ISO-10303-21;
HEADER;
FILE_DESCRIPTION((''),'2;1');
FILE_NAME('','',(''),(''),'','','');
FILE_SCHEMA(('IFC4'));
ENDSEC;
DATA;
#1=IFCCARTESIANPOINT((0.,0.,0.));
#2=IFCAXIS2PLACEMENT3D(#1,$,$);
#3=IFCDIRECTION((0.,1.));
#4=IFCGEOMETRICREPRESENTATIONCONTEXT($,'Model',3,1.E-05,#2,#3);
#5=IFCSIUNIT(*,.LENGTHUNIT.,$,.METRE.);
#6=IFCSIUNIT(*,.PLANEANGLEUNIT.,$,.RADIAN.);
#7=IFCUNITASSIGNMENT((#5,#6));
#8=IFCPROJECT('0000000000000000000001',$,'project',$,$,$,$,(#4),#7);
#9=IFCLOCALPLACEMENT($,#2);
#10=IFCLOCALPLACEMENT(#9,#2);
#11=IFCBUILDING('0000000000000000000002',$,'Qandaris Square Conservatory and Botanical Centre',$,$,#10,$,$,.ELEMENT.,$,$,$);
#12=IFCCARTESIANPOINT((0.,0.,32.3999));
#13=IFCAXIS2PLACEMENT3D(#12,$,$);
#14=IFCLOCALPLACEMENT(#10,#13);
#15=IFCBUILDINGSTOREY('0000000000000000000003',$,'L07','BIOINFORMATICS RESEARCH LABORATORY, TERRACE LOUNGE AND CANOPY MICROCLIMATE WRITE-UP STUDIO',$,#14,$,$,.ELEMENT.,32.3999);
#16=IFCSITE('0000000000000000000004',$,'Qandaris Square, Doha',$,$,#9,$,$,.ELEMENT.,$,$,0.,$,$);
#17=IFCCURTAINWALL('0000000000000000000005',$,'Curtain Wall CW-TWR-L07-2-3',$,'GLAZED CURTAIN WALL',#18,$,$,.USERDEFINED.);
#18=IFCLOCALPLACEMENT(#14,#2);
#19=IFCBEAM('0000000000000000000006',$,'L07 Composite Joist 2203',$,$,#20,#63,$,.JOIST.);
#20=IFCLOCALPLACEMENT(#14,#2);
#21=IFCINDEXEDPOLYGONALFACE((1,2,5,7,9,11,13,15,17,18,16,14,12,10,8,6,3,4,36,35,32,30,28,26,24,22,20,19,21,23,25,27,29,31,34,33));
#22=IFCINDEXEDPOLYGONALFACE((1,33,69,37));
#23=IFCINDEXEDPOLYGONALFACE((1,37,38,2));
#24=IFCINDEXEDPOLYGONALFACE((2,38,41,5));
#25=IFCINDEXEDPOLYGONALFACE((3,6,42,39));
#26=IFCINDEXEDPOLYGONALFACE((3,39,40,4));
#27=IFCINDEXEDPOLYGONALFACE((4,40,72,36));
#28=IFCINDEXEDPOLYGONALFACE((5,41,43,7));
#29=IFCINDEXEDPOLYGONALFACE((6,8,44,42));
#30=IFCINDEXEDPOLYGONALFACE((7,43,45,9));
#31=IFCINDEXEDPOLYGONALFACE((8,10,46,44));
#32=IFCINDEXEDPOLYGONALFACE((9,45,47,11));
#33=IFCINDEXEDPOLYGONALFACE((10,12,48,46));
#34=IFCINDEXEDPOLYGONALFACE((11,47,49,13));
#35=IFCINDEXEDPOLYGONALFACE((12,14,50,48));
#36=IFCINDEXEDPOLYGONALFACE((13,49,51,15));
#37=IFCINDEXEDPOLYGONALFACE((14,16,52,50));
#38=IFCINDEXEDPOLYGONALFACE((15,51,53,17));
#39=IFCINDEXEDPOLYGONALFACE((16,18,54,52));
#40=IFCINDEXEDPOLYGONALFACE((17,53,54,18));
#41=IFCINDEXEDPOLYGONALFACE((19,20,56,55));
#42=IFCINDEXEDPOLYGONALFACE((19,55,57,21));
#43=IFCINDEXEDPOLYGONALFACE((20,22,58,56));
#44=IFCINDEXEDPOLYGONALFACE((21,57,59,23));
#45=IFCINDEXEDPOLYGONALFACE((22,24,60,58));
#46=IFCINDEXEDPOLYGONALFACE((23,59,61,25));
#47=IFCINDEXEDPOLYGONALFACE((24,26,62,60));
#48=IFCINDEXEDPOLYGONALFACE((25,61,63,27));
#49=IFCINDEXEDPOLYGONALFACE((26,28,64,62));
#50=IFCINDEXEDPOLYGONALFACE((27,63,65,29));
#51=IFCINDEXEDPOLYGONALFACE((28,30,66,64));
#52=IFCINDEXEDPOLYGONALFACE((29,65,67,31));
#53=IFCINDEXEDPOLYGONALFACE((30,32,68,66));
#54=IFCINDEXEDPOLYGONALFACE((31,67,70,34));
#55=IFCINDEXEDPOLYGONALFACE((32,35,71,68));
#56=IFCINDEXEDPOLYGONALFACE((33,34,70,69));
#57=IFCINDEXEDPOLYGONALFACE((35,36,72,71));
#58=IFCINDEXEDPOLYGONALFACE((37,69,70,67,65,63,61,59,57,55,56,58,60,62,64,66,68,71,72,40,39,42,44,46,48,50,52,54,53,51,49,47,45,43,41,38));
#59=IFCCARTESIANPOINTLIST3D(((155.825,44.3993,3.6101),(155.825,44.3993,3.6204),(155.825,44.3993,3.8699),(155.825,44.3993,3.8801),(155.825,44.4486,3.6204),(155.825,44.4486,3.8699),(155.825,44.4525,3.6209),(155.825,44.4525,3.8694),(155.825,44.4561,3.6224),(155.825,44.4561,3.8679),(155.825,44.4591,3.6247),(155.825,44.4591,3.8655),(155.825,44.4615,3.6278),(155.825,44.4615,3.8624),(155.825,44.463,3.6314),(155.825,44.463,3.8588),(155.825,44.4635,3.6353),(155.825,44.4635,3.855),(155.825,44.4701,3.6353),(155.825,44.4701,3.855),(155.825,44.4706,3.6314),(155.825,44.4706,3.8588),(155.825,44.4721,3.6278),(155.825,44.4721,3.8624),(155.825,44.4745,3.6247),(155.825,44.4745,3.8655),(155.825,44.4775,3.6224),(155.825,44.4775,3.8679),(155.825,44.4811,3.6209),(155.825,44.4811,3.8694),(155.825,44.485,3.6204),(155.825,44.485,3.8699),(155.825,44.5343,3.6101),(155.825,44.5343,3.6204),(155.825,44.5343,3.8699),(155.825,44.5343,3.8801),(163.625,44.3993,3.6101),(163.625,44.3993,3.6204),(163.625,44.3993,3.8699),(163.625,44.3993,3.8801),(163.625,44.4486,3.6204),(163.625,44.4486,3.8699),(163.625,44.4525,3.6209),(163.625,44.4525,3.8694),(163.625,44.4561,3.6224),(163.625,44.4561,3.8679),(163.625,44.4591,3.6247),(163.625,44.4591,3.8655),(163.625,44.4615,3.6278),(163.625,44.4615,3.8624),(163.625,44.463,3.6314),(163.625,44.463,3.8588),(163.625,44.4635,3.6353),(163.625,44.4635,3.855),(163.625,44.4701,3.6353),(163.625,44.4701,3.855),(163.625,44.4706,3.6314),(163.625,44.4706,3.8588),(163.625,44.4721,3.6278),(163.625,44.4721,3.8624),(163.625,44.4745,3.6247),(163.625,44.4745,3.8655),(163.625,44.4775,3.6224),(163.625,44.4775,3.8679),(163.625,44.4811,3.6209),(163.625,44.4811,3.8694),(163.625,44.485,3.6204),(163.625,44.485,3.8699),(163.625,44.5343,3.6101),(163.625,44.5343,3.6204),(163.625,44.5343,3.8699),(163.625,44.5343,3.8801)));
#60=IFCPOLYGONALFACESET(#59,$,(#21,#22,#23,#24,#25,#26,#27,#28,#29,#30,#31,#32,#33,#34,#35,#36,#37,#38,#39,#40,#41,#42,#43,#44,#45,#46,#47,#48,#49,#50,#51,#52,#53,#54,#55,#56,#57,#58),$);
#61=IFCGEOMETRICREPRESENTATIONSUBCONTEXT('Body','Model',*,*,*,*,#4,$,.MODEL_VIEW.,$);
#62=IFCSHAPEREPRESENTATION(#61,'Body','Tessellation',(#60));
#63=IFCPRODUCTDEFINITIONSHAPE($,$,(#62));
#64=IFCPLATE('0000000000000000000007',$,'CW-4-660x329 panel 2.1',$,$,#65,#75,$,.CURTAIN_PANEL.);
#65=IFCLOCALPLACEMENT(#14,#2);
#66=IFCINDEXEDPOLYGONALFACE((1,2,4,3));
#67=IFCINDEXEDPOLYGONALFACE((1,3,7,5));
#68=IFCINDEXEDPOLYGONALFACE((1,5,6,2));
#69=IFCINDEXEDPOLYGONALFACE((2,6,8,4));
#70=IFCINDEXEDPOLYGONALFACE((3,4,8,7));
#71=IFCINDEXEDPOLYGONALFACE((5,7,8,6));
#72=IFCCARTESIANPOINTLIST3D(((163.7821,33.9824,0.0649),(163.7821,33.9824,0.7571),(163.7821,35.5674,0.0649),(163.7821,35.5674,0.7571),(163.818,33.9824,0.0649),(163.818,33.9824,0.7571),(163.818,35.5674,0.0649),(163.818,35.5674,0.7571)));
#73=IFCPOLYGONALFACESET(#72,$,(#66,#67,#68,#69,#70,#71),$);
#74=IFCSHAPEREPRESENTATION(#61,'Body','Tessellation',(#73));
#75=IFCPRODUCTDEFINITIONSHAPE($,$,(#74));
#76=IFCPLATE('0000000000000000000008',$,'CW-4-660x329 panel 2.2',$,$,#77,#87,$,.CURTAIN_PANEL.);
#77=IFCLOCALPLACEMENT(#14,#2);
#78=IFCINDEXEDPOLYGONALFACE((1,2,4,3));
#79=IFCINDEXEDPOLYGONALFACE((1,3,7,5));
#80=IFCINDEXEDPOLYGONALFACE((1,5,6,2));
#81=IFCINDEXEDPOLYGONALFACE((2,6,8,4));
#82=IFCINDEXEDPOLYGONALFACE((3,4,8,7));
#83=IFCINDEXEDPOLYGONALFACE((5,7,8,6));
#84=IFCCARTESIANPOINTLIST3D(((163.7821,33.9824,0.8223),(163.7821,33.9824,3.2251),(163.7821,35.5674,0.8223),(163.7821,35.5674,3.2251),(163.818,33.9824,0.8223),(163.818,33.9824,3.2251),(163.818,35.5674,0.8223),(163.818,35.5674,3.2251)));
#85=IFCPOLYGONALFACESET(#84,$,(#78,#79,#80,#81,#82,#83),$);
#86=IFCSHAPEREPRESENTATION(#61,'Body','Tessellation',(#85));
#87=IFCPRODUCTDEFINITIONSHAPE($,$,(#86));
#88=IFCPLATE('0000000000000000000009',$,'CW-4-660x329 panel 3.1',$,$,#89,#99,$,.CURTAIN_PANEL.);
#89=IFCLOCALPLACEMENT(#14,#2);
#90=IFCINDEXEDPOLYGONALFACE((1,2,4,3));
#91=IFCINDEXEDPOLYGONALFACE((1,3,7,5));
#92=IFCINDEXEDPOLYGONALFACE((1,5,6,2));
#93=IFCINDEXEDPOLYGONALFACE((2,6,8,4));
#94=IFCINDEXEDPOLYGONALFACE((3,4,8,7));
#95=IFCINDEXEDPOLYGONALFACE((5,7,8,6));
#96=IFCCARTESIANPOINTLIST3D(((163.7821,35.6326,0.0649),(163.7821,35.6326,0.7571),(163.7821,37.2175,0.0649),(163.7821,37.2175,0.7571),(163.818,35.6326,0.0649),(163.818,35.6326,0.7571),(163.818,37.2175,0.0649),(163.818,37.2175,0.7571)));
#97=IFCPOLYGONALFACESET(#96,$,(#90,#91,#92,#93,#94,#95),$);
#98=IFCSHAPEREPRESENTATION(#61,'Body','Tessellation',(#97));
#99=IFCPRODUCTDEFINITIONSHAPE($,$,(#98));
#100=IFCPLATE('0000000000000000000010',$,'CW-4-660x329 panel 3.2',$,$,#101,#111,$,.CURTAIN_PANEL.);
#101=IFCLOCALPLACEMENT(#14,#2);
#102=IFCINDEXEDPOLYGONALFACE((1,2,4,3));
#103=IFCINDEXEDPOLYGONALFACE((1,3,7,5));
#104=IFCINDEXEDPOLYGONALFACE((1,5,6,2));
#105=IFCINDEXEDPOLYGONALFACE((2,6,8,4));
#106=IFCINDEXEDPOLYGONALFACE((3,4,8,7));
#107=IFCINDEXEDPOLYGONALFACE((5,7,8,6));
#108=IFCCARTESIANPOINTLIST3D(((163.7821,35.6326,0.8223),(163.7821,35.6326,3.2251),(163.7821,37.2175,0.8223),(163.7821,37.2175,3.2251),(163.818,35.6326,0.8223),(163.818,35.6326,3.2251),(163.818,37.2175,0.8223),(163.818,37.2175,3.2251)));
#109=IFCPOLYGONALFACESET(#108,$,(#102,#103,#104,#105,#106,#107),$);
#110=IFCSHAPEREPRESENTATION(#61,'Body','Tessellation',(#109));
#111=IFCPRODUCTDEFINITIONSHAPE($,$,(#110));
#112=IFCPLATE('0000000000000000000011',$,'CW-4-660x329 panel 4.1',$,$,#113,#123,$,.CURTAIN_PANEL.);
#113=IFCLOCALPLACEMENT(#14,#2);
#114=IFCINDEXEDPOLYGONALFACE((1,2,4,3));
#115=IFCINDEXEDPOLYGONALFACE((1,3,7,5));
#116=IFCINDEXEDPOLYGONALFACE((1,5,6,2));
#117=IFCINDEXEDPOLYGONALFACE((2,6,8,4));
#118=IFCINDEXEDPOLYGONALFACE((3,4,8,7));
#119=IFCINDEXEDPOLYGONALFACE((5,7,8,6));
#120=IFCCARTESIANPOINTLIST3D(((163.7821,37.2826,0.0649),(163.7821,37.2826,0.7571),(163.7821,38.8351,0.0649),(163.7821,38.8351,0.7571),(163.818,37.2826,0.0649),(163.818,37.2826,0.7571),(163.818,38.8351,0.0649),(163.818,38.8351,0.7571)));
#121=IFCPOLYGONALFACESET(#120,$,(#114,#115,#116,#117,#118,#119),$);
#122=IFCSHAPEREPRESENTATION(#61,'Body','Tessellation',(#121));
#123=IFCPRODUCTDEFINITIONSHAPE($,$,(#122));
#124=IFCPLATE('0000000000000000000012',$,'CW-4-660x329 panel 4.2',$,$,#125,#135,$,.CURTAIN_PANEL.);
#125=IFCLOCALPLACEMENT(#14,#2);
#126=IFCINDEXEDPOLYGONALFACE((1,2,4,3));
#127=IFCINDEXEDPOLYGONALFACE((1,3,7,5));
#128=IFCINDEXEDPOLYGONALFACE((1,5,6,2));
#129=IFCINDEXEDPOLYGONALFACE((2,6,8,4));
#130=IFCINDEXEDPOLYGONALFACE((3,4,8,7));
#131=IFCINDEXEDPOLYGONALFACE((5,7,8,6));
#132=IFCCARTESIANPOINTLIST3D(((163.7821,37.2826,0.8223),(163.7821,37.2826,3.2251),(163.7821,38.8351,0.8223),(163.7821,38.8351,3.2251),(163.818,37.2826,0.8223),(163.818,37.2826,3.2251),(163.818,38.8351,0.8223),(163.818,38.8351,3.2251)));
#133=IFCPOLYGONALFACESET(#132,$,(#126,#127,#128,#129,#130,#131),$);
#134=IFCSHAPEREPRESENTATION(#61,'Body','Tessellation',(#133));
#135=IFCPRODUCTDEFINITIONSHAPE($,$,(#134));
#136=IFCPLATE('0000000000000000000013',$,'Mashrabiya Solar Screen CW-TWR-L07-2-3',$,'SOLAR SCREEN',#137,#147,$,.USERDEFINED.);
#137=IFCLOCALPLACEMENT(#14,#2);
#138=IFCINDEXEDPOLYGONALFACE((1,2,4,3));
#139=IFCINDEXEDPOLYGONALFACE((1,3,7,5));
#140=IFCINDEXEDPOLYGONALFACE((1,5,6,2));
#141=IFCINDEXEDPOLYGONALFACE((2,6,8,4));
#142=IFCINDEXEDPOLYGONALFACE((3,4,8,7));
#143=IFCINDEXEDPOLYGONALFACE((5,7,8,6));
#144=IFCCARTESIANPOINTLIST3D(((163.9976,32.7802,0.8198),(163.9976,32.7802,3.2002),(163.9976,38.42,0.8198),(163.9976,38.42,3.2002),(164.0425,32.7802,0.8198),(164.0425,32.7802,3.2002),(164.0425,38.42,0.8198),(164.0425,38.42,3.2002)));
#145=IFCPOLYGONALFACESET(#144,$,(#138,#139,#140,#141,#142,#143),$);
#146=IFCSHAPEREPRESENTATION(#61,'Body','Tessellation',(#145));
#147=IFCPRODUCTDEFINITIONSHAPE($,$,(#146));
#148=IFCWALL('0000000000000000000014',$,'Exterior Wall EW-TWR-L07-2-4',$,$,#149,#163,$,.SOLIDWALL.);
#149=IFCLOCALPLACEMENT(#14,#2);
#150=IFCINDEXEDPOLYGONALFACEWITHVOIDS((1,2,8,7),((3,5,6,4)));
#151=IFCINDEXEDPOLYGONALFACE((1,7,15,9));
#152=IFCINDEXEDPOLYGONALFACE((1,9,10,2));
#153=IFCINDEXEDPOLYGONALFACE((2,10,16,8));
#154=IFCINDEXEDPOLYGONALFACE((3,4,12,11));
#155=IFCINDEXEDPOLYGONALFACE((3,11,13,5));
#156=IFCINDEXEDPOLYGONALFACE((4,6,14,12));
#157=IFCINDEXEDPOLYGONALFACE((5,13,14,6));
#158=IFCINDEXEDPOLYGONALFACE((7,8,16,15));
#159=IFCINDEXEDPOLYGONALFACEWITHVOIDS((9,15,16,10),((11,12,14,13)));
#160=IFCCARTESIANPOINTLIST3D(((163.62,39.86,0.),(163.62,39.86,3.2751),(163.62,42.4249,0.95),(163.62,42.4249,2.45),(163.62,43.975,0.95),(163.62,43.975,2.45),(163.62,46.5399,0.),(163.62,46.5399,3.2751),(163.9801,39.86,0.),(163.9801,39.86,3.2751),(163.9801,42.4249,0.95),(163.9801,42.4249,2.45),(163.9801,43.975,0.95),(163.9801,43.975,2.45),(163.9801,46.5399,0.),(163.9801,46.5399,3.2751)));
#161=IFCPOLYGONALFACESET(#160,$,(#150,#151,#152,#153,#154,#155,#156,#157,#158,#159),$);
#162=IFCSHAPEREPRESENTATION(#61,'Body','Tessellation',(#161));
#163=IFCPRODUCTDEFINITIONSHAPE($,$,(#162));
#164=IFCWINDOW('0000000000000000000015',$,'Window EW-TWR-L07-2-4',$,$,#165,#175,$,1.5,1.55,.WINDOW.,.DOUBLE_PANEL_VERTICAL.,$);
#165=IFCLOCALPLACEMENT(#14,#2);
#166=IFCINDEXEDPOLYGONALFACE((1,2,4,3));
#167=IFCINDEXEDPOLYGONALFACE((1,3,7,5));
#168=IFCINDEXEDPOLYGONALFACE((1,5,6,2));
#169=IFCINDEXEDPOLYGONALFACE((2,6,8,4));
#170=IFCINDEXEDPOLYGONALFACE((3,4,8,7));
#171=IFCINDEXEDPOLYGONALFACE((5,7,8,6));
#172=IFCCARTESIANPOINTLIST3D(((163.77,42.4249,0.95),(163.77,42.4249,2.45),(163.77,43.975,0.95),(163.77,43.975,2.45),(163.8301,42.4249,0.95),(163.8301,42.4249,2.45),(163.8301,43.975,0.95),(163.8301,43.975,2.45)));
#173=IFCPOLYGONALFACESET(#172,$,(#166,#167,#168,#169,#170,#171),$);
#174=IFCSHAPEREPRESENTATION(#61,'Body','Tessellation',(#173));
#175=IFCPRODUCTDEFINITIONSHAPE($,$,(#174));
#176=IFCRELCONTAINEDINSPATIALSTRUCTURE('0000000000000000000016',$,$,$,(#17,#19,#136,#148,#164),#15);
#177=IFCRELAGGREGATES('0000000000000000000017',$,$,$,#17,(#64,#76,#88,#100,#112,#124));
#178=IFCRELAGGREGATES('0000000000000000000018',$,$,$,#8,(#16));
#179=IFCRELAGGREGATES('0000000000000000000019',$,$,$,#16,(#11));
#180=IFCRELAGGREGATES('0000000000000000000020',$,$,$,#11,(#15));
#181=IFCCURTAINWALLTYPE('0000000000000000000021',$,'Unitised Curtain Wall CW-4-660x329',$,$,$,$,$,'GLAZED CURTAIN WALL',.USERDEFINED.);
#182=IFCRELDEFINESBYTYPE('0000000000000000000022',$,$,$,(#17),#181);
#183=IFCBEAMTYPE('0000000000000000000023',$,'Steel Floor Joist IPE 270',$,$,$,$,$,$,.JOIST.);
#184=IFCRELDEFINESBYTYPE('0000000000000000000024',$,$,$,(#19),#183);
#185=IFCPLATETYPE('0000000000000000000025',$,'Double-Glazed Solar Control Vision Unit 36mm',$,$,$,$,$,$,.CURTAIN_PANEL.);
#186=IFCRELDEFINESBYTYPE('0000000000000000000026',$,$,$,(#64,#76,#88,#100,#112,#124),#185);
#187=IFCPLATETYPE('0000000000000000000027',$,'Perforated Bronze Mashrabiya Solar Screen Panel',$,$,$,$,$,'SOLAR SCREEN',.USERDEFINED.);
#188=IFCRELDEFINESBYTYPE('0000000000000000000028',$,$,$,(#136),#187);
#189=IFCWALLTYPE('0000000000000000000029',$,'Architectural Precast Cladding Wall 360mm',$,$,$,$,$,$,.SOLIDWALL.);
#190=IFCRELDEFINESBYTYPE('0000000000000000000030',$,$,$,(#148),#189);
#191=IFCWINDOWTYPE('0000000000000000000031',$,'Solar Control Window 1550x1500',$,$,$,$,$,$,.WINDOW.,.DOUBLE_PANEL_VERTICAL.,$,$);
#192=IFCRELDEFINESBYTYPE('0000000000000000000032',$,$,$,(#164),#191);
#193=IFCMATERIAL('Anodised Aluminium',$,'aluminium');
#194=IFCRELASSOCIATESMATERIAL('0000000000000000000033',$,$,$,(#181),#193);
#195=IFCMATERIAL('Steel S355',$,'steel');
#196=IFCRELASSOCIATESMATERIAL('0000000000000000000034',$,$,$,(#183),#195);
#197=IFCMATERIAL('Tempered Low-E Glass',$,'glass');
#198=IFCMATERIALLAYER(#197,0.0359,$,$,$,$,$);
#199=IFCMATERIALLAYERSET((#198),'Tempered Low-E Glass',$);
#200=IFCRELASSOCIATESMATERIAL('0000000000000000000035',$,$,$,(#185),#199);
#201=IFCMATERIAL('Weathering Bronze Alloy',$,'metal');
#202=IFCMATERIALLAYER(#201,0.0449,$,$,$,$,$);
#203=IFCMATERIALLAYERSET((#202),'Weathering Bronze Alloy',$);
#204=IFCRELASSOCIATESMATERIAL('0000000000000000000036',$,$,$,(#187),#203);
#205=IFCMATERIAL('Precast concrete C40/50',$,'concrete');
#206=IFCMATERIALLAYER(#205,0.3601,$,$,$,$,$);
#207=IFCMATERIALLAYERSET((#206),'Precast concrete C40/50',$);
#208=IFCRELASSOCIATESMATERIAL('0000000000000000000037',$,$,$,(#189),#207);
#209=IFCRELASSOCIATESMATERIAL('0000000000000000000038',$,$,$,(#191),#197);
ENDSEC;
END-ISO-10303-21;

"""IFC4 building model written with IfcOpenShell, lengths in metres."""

from ifc_helpers import new_model, si_unit, direction, frame, frame_2d, origin, origin_2d, place, context, subcontext, project, spatial, rectangle, i_section, extrude, material, layer, layer_set, material_profile, profile_set, type_object, element, fill, aggregate, save


model = new_model("IFC4")

# Units and contexts
model_context = context("Model", 3, precision=1e-05, world=origin(), true_north=direction((0.0, 1.0)))
body_context = subcontext(model_context, "Body", "Model", "MODEL_VIEW")
ifc_project = project(units=[si_unit("LENGTHUNIT", "METRE"), si_unit("PLANEANGLEUNIT", "RADIAN")], contexts=[model_context])

# Site, building, storey
site_placement = place(None, origin())
site = spatial("IfcSite", under=ifc_project, at=site_placement, Name="Qandaris Square, Doha", CompositionType="ELEMENT", RefElevation=0.0)
building_placement = place(site_placement, origin())
building = spatial("IfcBuilding", under=site, at=building_placement, Name="Qandaris Square Conservatory and Botanical Centre", CompositionType="ELEMENT")
storey_placement = place(building_placement, frame((0.0, 0.0, 32.3999)))
storey = spatial("IfcBuildingStorey", under=building, at=storey_placement, Name="L07", Description="BIOINFORMATICS RESEARCH LABORATORY, TERRACE LOUNGE AND CANOPY MICROCLIMATE WRITE-UP STUDIO", CompositionType="ELEMENT", Elevation=32.3999)

# Shared definitions
ifc_material_1 = material(Name="Steel S355", Category="steel")

# Curtain wall
ifc_material_2 = material(Name="Anodised Aluminium", Category="aluminium")
curtain_wall_type = type_object("IfcCurtainWallType", Name="Unitised Curtain Wall CW-4-660x329", ElementType="GLAZED CURTAIN WALL", PredefinedType="USERDEFINED", material=ifc_material_2)
curtain_wall_placement = place(storey_placement, origin())
curtain_wall = element("IfcCurtainWall", 1, at=curtain_wall_placement, inside=storey, type_object=curtain_wall_type, Name="Curtain Wall CW-TWR-L07-2-3", ObjectType="GLAZED CURTAIN WALL", PredefinedType="USERDEFINED")

# Beam
ifc_material_profile_1 = material_profile(ifc_material_1, i_section(OverallWidth=0.135, OverallDepth=0.27, WebThickness=0.0066, FlangeThickness=0.0103, FilletRadius=0.0149, at=origin_2d()), Name="IPE 270")
ifc_profile_set_1 = profile_set([ifc_material_profile_1], Name="Steel S355")
beam_type_1 = type_object("IfcBeamType", Name="Steel Floor Joist IPE 270", PredefinedType="JOIST", material=ifc_profile_set_1)
beam_1_placement = place(storey_placement, frame((155.825, 44.4668, 3.7451), z_axis=(1.0, 0.0, 0.0), x_axis=(0.0, 1.0, 0.0)))
element("IfcBeam", 2, at=beam_1_placement, inside=storey, type_object=beam_type_1, Name="L07 Composite Joist 2203", PredefinedType="JOIST", context=body_context, shape_type="SweptSolid", body=[
    extrude(i_section(OverallWidth=0.135, OverallDepth=0.27, WebThickness=0.0066, FlangeThickness=0.0103, FilletRadius=0.0149, at=origin_2d()), origin(), (0.0, 0.0, 1.0), 7.8),
])

# Plates
ifc_material_3 = material(Name="Tempered Low-E Glass", Category="glass")
ifc_layer_1 = layer(ifc_material_3, 0.0359)
ifc_layer_set_1 = layer_set([ifc_layer_1], Name="Tempered Low-E Glass")
plate_type_1 = type_object("IfcPlateType", Name="Double-Glazed Solar Control Vision Unit 36mm", PredefinedType="CURTAIN_PANEL", material=ifc_layer_set_1)
plate_1_placement = place(storey_placement, frame((163.8, 34.7749, 0.0649), z_axis=(0.0, 0.0, 1.0), x_axis=(0.0, 1.0, 0.0)))
plate_1 = element("IfcPlate", 3, at=plate_1_placement, type_object=plate_type_1, Name="CW-4-660x329 panel 2.1", PredefinedType="CURTAIN_PANEL", context=body_context, shape_type="SweptSolid", body=[
    extrude(rectangle(XDim=1.585, YDim=0.0359, at=origin_2d()), origin(), (0.0, 0.0, 1.0), 0.6921),
])
plate_2_placement = place(storey_placement, frame((163.8, 34.7749, 0.8223), z_axis=(0.0, 0.0, 1.0), x_axis=(0.0, 1.0, 0.0)))
plate_2 = element("IfcPlate", 4, at=plate_2_placement, type_object=plate_type_1, Name="CW-4-660x329 panel 2.2", PredefinedType="CURTAIN_PANEL", context=body_context, shape_type="SweptSolid", body=[
    extrude(rectangle(XDim=1.585, YDim=0.0359, at=origin_2d()), origin(), (0.0, 0.0, 1.0), 2.4028),
])
plate_3_placement = place(storey_placement, frame((163.8, 36.425, 0.0649), z_axis=(0.0, 0.0, 1.0), x_axis=(0.0, 1.0, 0.0)))
plate_3 = element("IfcPlate", 5, at=plate_3_placement, type_object=plate_type_1, Name="CW-4-660x329 panel 3.1", PredefinedType="CURTAIN_PANEL", context=body_context, shape_type="SweptSolid", body=[
    extrude(rectangle(XDim=1.585, YDim=0.0359, at=origin_2d()), origin(), (0.0, 0.0, 1.0), 0.6921),
])
plate_4_placement = place(storey_placement, frame((163.8, 36.425, 0.8223), z_axis=(0.0, 0.0, 1.0), x_axis=(0.0, 1.0, 0.0)))
plate_4 = element("IfcPlate", 6, at=plate_4_placement, type_object=plate_type_1, Name="CW-4-660x329 panel 3.2", PredefinedType="CURTAIN_PANEL", context=body_context, shape_type="SweptSolid", body=[
    extrude(rectangle(XDim=1.585, YDim=0.0359, at=origin_2d()), origin(), (0.0, 0.0, 1.0), 2.4028),
])
plate_5_placement = place(storey_placement, frame((163.8, 38.0588, 0.0649), z_axis=(0.0, 0.0, 1.0), x_axis=(0.0, 1.0, 0.0)))
plate_5 = element("IfcPlate", 7, at=plate_5_placement, type_object=plate_type_1, Name="CW-4-660x329 panel 4.1", PredefinedType="CURTAIN_PANEL", context=body_context, shape_type="SweptSolid", body=[
    extrude(rectangle(XDim=1.5525, YDim=0.0359, at=origin_2d()), origin(), (0.0, 0.0, 1.0), 0.6921),
])
plate_6_placement = place(storey_placement, frame((163.8, 38.0588, 0.8223), z_axis=(0.0, 0.0, 1.0), x_axis=(0.0, 1.0, 0.0)))
plate_6 = element("IfcPlate", 8, at=plate_6_placement, type_object=plate_type_1, Name="CW-4-660x329 panel 4.2", PredefinedType="CURTAIN_PANEL", context=body_context, shape_type="SweptSolid", body=[
    extrude(rectangle(XDim=1.5525, YDim=0.0359, at=origin_2d()), origin(), (0.0, 0.0, 1.0), 2.4028),
])
aggregate(curtain_wall, [plate_1, plate_2, plate_3, plate_4, plate_5, plate_6])
ifc_material_4 = material(Name="Weathering Bronze Alloy", Category="metal")
ifc_layer_2 = layer(ifc_material_4, 0.0449)
ifc_layer_set_2 = layer_set([ifc_layer_2], Name="Weathering Bronze Alloy")
plate_type_2 = type_object("IfcPlateType", Name="Perforated Bronze Mashrabiya Solar Screen Panel", ElementType="SOLAR SCREEN", PredefinedType="USERDEFINED", material=ifc_layer_set_2)
plate_7_placement = place(storey_placement, frame((164.02, 35.6001, 0.8198), z_axis=(0.0, 0.0, 1.0), x_axis=(0.0, 1.0, 0.0)))
element("IfcPlate", 9, at=plate_7_placement, inside=storey, type_object=plate_type_2, Name="Mashrabiya Solar Screen CW-TWR-L07-2-3", ObjectType="SOLAR SCREEN", PredefinedType="USERDEFINED", context=body_context, shape_type="SweptSolid", body=[
    extrude(rectangle(XDim=5.6399, YDim=0.0449, at=origin_2d()), origin(), (0.0, 0.0, 1.0), 2.3804),
])

# Wall, opening, window
ifc_material_5 = material(Name="Precast concrete C40/50", Category="concrete")
ifc_layer_3 = layer(ifc_material_5, 0.3601)
ifc_layer_set_3 = layer_set([ifc_layer_3], Name="Precast concrete C40/50")
wall_type = type_object("IfcWallType", Name="Architectural Precast Cladding Wall 360mm", PredefinedType="SOLIDWALL", material=ifc_layer_set_3)
wall_1_placement = place(storey_placement, frame((163.8, 39.8601, 0.0), z_axis=(0.0, 0.0, 1.0), x_axis=(0.0, 1.0, 0.0)))
wall_1 = element("IfcWall", 10, at=wall_1_placement, inside=storey, type_object=wall_type, Name="Exterior Wall EW-TWR-L07-2-4", PredefinedType="SOLIDWALL", context=body_context, shape_type="SweptSolid", body=[
    extrude(rectangle(XDim=6.6799, YDim=0.3601, at=frame_2d((3.3398, 0.0))), origin(), (0.0, 0.0, 1.0), 3.2751),
])
opening_1_placement = place(wall_1_placement, frame((2.5649, 0.0, 0.95)))
opening_1 = element("IfcOpeningElement", 11, at=opening_1_placement, cuts=wall_1, PredefinedType="OPENING", context=body_context, shape_type="SweptSolid", body=[
    extrude(rectangle(XDim=1.55, YDim=1.5, at=frame_2d((0.7749, 0.75))), frame((0.0, 0.1919, 0.0), z_axis=(0.0, -1.0, 0.0), x_axis=(1.0, 0.0, 0.0)), (0.0, 0.0, 1.0), 0.384),
])
window_type_1 = type_object("IfcWindowType", Name="Solar Control Window 1550x1500", PartitioningType="DOUBLE_PANEL_VERTICAL", PredefinedType="WINDOW", material=ifc_material_3)
window_1_placement = place(opening_1_placement, origin())
window_1 = element("IfcWindow", 12, at=window_1_placement, inside=storey, type_object=window_type_1, Name="Window EW-TWR-L07-2-4", OverallHeight=1.5, OverallWidth=1.55, PartitioningType="DOUBLE_PANEL_VERTICAL", PredefinedType="WINDOW", context=body_context, shape_type="SweptSolid", body=[
    extrude(rectangle(XDim=1.55, YDim=1.5, at=frame_2d((0.7749, 0.75))), frame((0.0, 0.03, 0.0), z_axis=(0.0, -1.0, 0.0), x_axis=(1.0, 0.0, 0.0)), (0.0, 0.0, 1.0), 0.0601),
])
fill(opening_1, window_1)

save(model, "model.ifc")
